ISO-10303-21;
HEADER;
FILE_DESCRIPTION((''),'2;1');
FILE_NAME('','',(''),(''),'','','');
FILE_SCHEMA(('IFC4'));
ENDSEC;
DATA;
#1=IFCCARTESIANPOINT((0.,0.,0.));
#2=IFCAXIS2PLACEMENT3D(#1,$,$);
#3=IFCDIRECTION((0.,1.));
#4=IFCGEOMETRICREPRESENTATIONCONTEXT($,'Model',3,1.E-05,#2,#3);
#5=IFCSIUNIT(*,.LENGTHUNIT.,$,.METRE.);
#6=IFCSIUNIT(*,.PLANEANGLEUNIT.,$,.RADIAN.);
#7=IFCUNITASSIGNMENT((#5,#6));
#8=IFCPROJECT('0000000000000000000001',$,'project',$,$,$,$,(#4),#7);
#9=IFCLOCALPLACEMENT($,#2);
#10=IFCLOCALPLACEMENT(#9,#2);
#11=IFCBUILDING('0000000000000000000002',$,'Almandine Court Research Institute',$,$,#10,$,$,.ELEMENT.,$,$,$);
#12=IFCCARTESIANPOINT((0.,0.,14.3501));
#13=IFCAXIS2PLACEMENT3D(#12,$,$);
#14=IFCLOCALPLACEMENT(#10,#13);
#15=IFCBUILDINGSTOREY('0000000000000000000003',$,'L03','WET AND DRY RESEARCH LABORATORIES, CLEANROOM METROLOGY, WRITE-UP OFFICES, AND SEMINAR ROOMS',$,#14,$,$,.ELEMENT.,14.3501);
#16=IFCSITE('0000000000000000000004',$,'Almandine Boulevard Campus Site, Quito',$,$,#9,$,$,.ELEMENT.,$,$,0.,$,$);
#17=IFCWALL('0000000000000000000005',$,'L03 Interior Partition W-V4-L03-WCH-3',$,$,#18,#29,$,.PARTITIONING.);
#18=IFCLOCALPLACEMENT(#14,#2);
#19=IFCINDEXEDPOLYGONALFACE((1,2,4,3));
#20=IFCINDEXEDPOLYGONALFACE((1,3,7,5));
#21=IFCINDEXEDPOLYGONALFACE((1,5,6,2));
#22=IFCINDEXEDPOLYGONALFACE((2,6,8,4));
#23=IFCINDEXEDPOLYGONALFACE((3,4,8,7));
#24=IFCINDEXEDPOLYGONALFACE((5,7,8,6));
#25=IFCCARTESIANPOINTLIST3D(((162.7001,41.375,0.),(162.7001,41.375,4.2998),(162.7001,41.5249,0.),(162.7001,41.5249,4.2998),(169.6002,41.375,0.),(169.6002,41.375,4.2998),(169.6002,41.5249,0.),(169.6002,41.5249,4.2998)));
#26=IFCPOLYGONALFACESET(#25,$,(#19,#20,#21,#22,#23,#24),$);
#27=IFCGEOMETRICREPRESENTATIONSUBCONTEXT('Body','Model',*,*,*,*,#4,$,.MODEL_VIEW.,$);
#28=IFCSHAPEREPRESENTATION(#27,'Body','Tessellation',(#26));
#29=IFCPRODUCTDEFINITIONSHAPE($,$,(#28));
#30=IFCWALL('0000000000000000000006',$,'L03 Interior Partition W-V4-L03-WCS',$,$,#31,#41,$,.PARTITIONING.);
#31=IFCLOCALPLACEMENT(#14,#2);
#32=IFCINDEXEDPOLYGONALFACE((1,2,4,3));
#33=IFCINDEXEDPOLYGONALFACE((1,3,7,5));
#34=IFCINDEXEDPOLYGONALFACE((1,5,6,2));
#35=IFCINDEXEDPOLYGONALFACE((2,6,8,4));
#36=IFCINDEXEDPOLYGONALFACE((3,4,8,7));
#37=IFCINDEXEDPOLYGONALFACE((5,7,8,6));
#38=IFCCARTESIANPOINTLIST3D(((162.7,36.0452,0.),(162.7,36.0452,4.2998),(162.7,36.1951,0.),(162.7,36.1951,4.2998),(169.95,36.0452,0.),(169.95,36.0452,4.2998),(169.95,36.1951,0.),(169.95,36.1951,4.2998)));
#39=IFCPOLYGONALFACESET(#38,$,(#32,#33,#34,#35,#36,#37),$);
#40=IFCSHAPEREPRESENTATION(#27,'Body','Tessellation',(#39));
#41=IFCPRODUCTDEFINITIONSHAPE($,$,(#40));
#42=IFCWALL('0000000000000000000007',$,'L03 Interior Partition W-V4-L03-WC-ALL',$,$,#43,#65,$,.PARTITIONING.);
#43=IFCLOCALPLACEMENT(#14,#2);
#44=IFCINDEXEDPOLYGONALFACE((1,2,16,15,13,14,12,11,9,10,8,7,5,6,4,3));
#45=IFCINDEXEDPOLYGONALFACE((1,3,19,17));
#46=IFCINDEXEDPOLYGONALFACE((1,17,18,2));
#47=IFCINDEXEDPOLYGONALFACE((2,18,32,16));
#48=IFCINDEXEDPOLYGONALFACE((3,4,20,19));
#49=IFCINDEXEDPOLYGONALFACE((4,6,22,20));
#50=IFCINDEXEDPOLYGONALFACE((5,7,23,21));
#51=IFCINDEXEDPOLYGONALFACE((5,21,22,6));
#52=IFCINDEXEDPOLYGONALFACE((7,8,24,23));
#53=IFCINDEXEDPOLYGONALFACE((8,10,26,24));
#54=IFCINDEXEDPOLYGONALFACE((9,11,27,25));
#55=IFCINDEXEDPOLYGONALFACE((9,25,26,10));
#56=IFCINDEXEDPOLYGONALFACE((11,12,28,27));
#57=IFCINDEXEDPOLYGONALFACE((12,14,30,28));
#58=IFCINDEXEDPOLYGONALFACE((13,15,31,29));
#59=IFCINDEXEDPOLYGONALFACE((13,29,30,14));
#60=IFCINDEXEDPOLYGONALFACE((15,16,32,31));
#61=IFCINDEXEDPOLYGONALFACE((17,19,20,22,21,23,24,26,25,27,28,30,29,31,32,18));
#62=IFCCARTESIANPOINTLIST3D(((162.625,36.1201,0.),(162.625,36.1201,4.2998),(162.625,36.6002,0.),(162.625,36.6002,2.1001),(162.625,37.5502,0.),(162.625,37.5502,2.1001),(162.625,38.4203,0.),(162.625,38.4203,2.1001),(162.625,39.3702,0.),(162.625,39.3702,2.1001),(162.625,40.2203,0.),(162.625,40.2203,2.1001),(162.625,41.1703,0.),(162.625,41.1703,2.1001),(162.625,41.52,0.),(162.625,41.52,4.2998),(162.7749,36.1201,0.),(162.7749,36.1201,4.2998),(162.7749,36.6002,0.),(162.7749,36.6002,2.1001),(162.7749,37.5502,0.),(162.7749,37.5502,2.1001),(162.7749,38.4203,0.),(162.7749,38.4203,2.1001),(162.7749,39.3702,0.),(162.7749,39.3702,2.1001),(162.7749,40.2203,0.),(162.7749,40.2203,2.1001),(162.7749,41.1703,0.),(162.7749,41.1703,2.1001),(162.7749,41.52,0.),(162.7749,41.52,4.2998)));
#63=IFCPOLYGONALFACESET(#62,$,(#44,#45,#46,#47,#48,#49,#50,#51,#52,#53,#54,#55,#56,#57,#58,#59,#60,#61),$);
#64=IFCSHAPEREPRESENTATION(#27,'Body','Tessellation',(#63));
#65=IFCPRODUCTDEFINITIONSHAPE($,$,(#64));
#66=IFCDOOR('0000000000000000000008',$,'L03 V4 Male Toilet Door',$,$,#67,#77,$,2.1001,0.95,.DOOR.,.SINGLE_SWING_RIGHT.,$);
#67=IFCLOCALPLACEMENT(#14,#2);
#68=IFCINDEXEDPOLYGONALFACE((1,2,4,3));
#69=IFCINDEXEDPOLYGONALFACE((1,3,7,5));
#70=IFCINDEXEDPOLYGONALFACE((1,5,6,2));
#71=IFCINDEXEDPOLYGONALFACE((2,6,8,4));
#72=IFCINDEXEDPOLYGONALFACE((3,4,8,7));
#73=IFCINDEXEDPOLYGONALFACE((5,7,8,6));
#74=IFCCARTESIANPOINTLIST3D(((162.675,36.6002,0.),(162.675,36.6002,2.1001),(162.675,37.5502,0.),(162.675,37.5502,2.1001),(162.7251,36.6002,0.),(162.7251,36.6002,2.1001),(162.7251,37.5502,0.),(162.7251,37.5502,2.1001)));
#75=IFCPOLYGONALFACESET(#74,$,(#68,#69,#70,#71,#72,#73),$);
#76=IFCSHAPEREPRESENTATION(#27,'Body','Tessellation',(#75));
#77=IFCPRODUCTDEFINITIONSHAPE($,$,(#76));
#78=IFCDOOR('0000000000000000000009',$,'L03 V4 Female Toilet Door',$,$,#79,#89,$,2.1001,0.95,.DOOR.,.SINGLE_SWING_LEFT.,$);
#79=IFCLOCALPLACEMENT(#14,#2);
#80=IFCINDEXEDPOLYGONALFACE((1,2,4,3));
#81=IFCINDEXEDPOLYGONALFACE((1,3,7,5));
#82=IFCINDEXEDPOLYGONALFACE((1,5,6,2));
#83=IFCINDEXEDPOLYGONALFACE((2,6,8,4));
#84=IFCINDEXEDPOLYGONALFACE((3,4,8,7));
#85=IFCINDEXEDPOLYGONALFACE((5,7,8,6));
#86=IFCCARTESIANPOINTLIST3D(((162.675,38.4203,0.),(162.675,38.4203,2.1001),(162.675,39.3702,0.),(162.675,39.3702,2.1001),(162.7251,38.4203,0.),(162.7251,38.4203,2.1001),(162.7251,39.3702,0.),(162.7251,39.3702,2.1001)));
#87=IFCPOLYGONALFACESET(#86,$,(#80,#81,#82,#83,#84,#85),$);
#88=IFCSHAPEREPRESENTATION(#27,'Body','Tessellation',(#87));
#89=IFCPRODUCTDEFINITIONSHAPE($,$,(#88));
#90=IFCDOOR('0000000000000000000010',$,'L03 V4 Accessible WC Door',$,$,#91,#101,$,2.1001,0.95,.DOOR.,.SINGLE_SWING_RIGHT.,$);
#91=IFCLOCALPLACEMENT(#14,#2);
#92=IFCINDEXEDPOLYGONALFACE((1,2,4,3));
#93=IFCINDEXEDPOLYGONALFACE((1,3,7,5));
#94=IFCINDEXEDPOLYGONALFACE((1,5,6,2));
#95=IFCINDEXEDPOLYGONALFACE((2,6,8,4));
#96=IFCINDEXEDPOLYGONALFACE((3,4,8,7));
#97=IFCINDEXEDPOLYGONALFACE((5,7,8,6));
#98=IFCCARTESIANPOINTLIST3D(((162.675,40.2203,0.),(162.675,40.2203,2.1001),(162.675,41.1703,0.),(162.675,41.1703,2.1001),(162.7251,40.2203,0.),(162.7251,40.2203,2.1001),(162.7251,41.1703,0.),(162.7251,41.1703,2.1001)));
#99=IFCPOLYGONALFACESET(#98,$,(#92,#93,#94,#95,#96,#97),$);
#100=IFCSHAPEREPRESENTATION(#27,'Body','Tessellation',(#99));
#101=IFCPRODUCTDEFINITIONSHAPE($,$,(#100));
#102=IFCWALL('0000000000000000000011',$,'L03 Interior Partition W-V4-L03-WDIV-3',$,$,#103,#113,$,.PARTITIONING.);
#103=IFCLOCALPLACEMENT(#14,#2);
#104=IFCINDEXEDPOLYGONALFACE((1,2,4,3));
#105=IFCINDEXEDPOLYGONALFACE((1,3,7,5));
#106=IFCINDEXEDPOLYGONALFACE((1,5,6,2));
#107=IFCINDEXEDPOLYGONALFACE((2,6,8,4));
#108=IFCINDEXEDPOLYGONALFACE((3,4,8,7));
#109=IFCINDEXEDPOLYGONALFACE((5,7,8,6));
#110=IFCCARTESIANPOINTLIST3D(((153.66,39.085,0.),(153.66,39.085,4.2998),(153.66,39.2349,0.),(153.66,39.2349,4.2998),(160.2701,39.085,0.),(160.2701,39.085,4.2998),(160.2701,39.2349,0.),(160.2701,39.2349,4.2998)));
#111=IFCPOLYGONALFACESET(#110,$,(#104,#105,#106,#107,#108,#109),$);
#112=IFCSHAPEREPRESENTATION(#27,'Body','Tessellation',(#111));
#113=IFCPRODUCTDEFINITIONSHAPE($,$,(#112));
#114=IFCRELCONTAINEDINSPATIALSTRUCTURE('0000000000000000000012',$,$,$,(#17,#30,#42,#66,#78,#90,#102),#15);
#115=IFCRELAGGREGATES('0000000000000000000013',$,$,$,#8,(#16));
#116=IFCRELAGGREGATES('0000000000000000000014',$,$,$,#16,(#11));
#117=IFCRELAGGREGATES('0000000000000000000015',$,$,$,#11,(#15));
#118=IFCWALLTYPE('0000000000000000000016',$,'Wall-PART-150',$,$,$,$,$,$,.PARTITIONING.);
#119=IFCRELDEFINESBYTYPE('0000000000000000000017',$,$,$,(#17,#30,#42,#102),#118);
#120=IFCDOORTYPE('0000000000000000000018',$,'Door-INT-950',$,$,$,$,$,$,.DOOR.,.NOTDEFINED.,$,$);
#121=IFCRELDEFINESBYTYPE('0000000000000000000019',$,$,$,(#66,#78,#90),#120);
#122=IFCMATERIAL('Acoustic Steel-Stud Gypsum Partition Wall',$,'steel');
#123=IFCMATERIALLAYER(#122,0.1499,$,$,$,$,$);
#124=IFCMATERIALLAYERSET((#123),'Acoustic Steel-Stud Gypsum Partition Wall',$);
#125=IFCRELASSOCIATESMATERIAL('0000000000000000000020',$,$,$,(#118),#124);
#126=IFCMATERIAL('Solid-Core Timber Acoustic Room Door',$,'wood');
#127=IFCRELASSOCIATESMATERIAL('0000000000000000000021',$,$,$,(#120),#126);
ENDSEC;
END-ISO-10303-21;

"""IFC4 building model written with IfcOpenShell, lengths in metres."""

from ifc_helpers import new_model, si_unit, direction, frame, frame_2d, origin, place, context, subcontext, project, spatial, rectangle, extrude, material, layer, layer_set, type_object, element, fill, save


model = new_model("IFC4")

# Units and contexts
model_context = context("Model", 3, precision=1e-05, world=origin(), true_north=direction((0.0, 1.0)))
body_context = subcontext(model_context, "Body", "Model", "MODEL_VIEW")
ifc_project = project(units=[si_unit("LENGTHUNIT", "METRE"), si_unit("PLANEANGLEUNIT", "RADIAN")], contexts=[model_context])

# Site, building, storey
site_placement = place(None, origin())
site = spatial("IfcSite", under=ifc_project, at=site_placement, Name="Almandine Boulevard Campus Site, Quito", CompositionType="ELEMENT", RefElevation=0.0)
building_placement = place(site_placement, origin())
building = spatial("IfcBuilding", under=site, at=building_placement, Name="Almandine Court Research Institute", CompositionType="ELEMENT")
storey_placement = place(building_placement, frame((0.0, 0.0, 14.3501)))
storey = spatial("IfcBuildingStorey", under=building, at=storey_placement, Name="L03", Description="WET AND DRY RESEARCH LABORATORIES, CLEANROOM METROLOGY, WRITE-UP OFFICES, AND SEMINAR ROOMS", CompositionType="ELEMENT", Elevation=14.3501)

# Walls
ifc_material_1 = material(Name="Acoustic Steel-Stud Gypsum Partition Wall", Category="steel")
ifc_layer_1 = layer(ifc_material_1, 0.1499)
ifc_layer_set_1 = layer_set([ifc_layer_1], Name="Acoustic Steel-Stud Gypsum Partition Wall")
wall_type_1 = type_object("IfcWallType", Name="Wall-PART-150", PredefinedType="PARTITIONING", material=ifc_layer_set_1)
for number, where, z_axis, x_axis, name in (
    (1, (162.7, 41.45, 0.0), (0.0, 0.0, 1.0), (1.0, 0.0, 0.0), "L03 Interior Partition W-V4-L03-WCH-3"),
):
    element("IfcWall", number, at=place(storey_placement, frame(where, z_axis=z_axis, x_axis=x_axis)), inside=storey, type_object=wall_type_1, Name=name, PredefinedType="PARTITIONING", context=body_context, shape_type="SweptSolid", body=[
        extrude(rectangle(XDim=6.9001, YDim=0.1499, at=frame_2d((3.4502, 0.0))), origin(), (0.0, 0.0, 1.0), 4.2998),
    ])
wall_1_placement = place(storey_placement, frame((162.7, 36.1201, 0.0), z_axis=(0.0, 0.0, 1.0), x_axis=(1.0, 0.0, 0.0)))
element("IfcWall", 2, at=wall_1_placement, inside=storey, type_object=wall_type_1, Name="L03 Interior Partition W-V4-L03-WCS", PredefinedType="PARTITIONING", context=body_context, shape_type="SweptSolid", body=[
    extrude(rectangle(XDim=7.25, YDim=0.1499, at=frame_2d((3.625, 0.0))), origin(), (0.0, 0.0, 1.0), 4.2998),
])

# Wall, openings, doors
wall_2_placement = place(storey_placement, frame((162.7, 36.1201, 0.0), z_axis=(0.0, 0.0, 1.0), x_axis=(0.0, 1.0, 0.0)))
wall_2 = element("IfcWall", 3, at=wall_2_placement, inside=storey, type_object=wall_type_1, Name="L03 Interior Partition W-V4-L03-WC-ALL", PredefinedType="PARTITIONING", context=body_context, shape_type="SweptSolid", body=[
    extrude(rectangle(XDim=5.3999, YDim=0.1499, at=frame_2d((2.7, 0.0))), origin(), (0.0, 0.0, 1.0), 4.2998),
])
opening_1_placement = place(wall_2_placement, frame((0.48, 0.0, 0.0)))
opening_1 = element("IfcOpeningElement", 4, at=opening_1_placement, cuts=wall_2, PredefinedType="OPENING", context=body_context, shape_type="SweptSolid", body=[
    extrude(rectangle(XDim=0.95, YDim=2.1001, at=frame_2d((0.4751, 1.05))), frame((0.0, 0.085, 0.0), z_axis=(0.0, -1.0, 0.0), x_axis=(1.0, 0.0, 0.0)), (0.0, 0.0, 1.0), 0.1699),
])
opening_2_placement = place(wall_2_placement, frame((2.3, 0.0, 0.0)))
opening_2 = element("IfcOpeningElement", 5, at=opening_2_placement, cuts=wall_2, PredefinedType="OPENING", context=body_context, shape_type="SweptSolid", body=[
    extrude(rectangle(XDim=0.95, YDim=2.1001, at=frame_2d((0.4751, 1.05))), frame((0.0, 0.085, 0.0), z_axis=(0.0, -1.0, 0.0), x_axis=(1.0, 0.0, 0.0)), (0.0, 0.0, 1.0), 0.1699),
])
opening_3_placement = place(wall_2_placement, frame((4.1001, 0.0, 0.0)))
opening_3 = element("IfcOpeningElement", 6, at=opening_3_placement, cuts=wall_2, PredefinedType="OPENING", context=body_context, shape_type="SweptSolid", body=[
    extrude(rectangle(XDim=0.95, YDim=2.1001, at=frame_2d((0.4751, 1.05))), frame((0.0, 0.085, 0.0), z_axis=(0.0, -1.0, 0.0), x_axis=(1.0, 0.0, 0.0)), (0.0, 0.0, 1.0), 0.1699),
])
ifc_material_2 = material(Name="Solid-Core Timber Acoustic Room Door", Category="wood")
door_type_1 = type_object("IfcDoorType", Name="Door-INT-950", OperationType="NOTDEFINED", PredefinedType="DOOR", material=ifc_material_2)
door_1_placement = place(opening_1_placement, origin())
door_1 = element("IfcDoor", 7, at=door_1_placement, inside=storey, type_object=door_type_1, Name="L03 V4 Male Toilet Door", OperationType="SINGLE_SWING_RIGHT", OverallHeight=2.1001, OverallWidth=0.95, PredefinedType="DOOR", context=body_context, shape_type="SweptSolid", body=[
    extrude(rectangle(XDim=0.95, YDim=2.1001, at=frame_2d((0.4751, 1.05))), frame((0.0, 0.0249, 0.0), z_axis=(0.0, -1.0, 0.0), x_axis=(1.0, 0.0, 0.0)), (0.0, 0.0, 1.0), 0.05),
])
fill(opening_1, door_1)
door_2_placement = place(opening_2_placement, origin())
door_2 = element("IfcDoor", 8, at=door_2_placement, inside=storey, type_object=door_type_1, Name="L03 V4 Female Toilet Door", OperationType="SINGLE_SWING_LEFT", OverallHeight=2.1001, OverallWidth=0.95, PredefinedType="DOOR", context=body_context, shape_type="SweptSolid", body=[
    extrude(rectangle(XDim=0.95, YDim=2.1001, at=frame_2d((0.4751, 1.05))), frame((0.0, 0.0249, 0.0), z_axis=(0.0, -1.0, 0.0), x_axis=(1.0, 0.0, 0.0)), (0.0, 0.0, 1.0), 0.05),
])
fill(opening_2, door_2)
door_3_placement = place(opening_3_placement, origin())
door_3 = element("IfcDoor", 9, at=door_3_placement, inside=storey, type_object=door_type_1, Name="L03 V4 Accessible WC Door", OperationType="SINGLE_SWING_RIGHT", OverallHeight=2.1001, OverallWidth=0.95, PredefinedType="DOOR", context=body_context, shape_type="SweptSolid", body=[
    extrude(rectangle(XDim=0.95, YDim=2.1001, at=frame_2d((0.4751, 1.05))), frame((0.0, 0.0249, 0.0), z_axis=(0.0, -1.0, 0.0), x_axis=(1.0, 0.0, 0.0)), (0.0, 0.0, 1.0), 0.05),
])
fill(opening_3, door_3)

# Wall
wall_3_placement = place(storey_placement, frame((153.6599, 39.1599, 0.0), z_axis=(0.0, 0.0, 1.0), x_axis=(1.0, 0.0, 0.0)))
element("IfcWall", 10, at=wall_3_placement, inside=storey, type_object=wall_type_1, Name="L03 Interior Partition W-V4-L03-WDIV-3", PredefinedType="PARTITIONING", context=body_context, shape_type="SweptSolid", body=[
    extrude(rectangle(XDim=6.6101, YDim=0.1499, at=frame_2d((3.3052, 0.0))), origin(), (0.0, 0.0, 1.0), 4.2998),
])

save(model, "model.ifc")
